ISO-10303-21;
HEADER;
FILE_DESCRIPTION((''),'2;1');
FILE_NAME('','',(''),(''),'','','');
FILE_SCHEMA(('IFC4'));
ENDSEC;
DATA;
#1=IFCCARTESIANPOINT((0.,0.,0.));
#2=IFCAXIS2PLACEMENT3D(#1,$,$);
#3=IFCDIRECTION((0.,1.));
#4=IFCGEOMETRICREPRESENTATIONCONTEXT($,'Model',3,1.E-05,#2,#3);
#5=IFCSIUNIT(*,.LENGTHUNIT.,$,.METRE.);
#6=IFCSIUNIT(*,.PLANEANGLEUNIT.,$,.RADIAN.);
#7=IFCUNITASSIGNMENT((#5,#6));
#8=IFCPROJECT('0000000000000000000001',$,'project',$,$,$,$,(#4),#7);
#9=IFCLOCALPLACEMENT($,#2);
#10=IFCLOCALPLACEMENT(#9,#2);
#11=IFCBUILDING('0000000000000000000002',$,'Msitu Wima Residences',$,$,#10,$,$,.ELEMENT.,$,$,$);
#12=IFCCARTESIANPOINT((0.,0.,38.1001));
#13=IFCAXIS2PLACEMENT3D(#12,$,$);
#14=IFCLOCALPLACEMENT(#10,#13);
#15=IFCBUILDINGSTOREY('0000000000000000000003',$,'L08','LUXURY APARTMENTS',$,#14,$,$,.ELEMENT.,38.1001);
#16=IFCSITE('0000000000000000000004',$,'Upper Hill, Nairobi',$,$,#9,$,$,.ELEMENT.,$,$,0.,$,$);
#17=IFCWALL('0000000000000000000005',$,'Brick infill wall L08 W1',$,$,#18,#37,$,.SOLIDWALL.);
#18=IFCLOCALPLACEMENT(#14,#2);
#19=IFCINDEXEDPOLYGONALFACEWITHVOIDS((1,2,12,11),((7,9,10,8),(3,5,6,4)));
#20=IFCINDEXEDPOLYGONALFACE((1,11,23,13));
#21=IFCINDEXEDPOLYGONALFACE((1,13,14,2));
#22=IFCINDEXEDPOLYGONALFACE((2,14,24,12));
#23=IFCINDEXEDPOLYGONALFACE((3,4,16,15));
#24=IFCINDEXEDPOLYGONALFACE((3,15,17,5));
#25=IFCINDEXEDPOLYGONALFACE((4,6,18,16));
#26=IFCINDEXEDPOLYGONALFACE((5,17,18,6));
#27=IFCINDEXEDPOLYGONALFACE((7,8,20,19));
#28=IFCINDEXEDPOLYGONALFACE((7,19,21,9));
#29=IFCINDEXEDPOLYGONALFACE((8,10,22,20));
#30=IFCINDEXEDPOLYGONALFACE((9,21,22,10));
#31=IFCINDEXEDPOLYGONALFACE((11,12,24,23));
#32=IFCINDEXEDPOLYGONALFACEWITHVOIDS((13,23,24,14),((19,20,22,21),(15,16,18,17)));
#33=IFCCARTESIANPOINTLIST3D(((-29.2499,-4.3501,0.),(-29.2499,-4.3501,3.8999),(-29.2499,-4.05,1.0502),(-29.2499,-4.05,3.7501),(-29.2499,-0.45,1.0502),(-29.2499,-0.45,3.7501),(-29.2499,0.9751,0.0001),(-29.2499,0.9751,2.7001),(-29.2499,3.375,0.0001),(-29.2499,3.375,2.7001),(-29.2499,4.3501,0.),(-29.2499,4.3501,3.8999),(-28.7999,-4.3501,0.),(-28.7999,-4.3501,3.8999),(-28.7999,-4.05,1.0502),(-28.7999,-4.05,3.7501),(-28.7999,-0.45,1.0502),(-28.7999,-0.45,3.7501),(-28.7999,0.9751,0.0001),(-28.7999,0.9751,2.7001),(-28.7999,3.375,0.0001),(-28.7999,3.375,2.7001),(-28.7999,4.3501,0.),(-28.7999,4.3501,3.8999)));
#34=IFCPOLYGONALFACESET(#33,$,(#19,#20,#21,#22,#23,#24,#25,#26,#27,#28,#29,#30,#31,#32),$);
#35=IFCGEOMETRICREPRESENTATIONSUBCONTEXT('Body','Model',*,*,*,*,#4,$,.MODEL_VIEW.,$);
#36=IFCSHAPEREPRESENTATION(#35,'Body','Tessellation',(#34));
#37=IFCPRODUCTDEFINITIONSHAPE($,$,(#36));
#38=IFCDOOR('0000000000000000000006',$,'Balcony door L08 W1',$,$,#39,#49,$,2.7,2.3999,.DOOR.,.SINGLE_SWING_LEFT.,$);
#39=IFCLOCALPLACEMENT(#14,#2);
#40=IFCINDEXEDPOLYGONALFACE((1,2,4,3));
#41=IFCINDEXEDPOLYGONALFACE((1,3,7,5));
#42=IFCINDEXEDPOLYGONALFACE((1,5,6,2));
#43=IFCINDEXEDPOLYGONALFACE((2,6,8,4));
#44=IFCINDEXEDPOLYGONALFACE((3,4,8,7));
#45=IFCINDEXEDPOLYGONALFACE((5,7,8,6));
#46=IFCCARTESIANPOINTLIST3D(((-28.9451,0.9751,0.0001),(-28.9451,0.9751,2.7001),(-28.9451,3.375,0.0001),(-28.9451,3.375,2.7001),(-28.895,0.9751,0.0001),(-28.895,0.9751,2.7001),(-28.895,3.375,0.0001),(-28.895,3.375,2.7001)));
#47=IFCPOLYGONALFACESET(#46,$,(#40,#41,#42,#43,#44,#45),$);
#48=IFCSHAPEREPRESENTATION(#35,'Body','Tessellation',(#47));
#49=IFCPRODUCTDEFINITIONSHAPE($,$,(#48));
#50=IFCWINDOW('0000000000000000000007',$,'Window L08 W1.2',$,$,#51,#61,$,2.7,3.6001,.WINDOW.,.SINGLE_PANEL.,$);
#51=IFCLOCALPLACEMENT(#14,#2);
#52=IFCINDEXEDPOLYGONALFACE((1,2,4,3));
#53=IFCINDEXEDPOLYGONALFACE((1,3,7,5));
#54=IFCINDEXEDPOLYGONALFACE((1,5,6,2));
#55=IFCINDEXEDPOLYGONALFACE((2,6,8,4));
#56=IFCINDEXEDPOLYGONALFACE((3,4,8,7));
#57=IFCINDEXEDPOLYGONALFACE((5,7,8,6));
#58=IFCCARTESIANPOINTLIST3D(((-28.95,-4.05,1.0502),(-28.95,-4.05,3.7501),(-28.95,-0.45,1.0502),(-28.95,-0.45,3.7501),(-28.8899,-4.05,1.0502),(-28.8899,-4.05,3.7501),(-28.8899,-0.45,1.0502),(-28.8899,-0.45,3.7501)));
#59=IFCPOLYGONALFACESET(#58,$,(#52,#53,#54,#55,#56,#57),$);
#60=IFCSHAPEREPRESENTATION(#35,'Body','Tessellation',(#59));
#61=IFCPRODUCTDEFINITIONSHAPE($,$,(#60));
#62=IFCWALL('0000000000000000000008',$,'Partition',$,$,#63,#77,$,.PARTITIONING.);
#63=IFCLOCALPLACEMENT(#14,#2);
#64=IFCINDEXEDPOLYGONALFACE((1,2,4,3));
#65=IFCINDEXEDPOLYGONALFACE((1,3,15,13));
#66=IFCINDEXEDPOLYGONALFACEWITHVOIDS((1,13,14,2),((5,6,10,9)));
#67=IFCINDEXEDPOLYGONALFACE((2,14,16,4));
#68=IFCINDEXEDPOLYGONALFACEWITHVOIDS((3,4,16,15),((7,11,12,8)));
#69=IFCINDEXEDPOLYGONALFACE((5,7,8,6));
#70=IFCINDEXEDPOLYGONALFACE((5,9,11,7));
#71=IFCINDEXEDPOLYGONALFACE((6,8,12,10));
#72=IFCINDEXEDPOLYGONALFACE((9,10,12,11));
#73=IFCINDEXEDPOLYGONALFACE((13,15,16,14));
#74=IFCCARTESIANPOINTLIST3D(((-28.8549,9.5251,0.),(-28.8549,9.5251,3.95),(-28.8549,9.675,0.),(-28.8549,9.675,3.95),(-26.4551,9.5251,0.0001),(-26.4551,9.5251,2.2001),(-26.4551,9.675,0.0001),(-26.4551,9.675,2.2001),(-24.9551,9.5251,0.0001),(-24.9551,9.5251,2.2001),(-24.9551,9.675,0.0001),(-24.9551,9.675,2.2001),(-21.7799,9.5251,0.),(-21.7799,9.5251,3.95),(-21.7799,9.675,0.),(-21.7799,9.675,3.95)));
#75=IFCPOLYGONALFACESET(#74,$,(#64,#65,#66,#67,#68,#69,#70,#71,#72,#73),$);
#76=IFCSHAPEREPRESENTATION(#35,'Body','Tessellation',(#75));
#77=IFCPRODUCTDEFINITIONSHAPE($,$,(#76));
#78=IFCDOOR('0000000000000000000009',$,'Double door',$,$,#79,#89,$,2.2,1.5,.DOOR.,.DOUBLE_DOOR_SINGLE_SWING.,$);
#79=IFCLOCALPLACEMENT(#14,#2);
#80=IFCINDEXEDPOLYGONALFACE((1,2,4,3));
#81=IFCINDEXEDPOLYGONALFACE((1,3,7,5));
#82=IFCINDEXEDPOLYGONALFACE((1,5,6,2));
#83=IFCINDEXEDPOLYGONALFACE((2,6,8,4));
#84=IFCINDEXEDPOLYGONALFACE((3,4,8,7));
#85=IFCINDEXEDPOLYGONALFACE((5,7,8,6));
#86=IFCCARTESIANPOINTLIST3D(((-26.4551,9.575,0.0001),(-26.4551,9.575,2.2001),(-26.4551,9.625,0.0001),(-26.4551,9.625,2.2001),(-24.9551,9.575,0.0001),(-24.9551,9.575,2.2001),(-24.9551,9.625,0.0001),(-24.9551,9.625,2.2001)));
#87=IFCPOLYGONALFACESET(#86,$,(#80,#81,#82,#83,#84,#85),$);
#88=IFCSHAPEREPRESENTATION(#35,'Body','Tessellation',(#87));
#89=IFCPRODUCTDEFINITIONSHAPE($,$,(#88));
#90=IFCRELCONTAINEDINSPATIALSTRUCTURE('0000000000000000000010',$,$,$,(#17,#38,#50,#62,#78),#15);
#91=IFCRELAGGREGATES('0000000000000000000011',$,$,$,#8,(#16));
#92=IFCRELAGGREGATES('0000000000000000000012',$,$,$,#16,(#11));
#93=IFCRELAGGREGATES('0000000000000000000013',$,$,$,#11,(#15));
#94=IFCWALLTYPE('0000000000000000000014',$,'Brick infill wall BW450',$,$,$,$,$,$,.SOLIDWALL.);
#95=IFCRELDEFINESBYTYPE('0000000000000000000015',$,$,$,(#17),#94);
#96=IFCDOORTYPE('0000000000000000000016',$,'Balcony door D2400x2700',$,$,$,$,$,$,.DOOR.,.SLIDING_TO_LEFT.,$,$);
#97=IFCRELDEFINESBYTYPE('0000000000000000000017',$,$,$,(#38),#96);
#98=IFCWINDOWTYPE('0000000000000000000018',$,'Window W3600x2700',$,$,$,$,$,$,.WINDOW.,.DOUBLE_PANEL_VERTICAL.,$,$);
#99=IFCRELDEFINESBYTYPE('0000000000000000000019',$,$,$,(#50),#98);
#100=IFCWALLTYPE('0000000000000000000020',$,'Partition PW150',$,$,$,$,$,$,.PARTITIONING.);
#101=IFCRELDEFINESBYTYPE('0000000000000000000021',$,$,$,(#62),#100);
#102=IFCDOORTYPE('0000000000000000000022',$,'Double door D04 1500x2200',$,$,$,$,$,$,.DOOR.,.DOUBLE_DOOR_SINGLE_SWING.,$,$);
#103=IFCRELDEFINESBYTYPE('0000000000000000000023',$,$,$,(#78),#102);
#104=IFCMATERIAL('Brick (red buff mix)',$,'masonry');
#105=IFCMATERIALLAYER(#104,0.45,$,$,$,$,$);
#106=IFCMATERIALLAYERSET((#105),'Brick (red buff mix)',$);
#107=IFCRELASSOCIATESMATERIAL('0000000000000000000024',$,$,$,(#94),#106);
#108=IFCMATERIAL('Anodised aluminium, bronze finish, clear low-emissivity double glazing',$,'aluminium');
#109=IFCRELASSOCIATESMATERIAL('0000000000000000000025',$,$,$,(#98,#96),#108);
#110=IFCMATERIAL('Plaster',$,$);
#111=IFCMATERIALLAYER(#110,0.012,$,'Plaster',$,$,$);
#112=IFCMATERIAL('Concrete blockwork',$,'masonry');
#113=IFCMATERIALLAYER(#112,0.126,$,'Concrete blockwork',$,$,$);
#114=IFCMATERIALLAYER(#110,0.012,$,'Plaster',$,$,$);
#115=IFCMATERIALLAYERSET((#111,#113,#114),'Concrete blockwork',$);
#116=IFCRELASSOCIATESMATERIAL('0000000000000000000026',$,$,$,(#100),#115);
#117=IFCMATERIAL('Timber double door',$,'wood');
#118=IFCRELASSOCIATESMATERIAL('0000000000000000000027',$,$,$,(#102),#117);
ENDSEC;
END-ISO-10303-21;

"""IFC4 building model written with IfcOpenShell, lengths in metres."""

from ifc_helpers import new_model, si_unit, direction, frame, frame_2d, origin, place, context, subcontext, project, spatial, rectangle, extrude, material, layer, layer_set, type_object, element, fill, save


model = new_model("IFC4")

# Units and contexts
model_context = context("Model", 3, precision=1e-05, world=origin(), true_north=direction((0.0, 1.0)))
body_context = subcontext(model_context, "Body", "Model", "MODEL_VIEW")
ifc_project = project(units=[si_unit("LENGTHUNIT", "METRE"), si_unit("PLANEANGLEUNIT", "RADIAN")], contexts=[model_context])

# Site, building, storey
site_placement = place(None, origin())
site = spatial("IfcSite", under=ifc_project, at=site_placement, Name="Upper Hill, Nairobi", CompositionType="ELEMENT", RefElevation=0.0)
building_placement = place(site_placement, origin())
building = spatial("IfcBuilding", under=site, at=building_placement, Name="Msitu Wima Residences", CompositionType="ELEMENT")
storey_placement = place(building_placement, frame((0.0, 0.0, 38.1001)))
storey = spatial("IfcBuildingStorey", under=building, at=storey_placement, Name="L08", Description="LUXURY APARTMENTS", CompositionType="ELEMENT", Elevation=38.1001)

# Shared definitions
ifc_material_1 = material(Name="Brick (red buff mix)", Category="masonry")
ifc_layer_1 = layer(ifc_material_1, 0.45)
ifc_layer_set_1 = layer_set([ifc_layer_1], Name="Brick (red buff mix)")
wall_type_1 = type_object("IfcWallType", Name="Brick infill wall BW450", PredefinedType="SOLIDWALL", material=ifc_layer_set_1)
ifc_material_2 = material(Name="Anodised aluminium, bronze finish, clear low-emissivity double glazing", Category="aluminium")
window_type = type_object("IfcWindowType", Name="Window W3600x2700", PartitioningType="DOUBLE_PANEL_VERTICAL", PredefinedType="WINDOW", material=ifc_material_2)

# Wall, openings, door, window
wall_1_placement = place(storey_placement, frame((-29.0249, 4.3501, 0.0), z_axis=(0.0, 0.0, 1.0), x_axis=(0.0, -1.0, 0.0)))
wall_1 = element("IfcWall", 1, at=wall_1_placement, inside=storey, type_object=wall_type_1, Name="Brick infill wall L08 W1", PredefinedType="SOLIDWALL", context=body_context, shape_type="SweptSolid", body=[
    extrude(rectangle(XDim=8.7002, YDim=0.45, at=frame_2d((4.3501, 0.0))), origin(), (0.0, 0.0, 1.0), 3.8999),
])
opening_1_placement = place(wall_1_placement, frame((0.9751, 0.0, 0.0)))
opening_1 = element("IfcOpeningElement", 2, at=opening_1_placement, cuts=wall_1, PredefinedType="OPENING", context=body_context, shape_type="SweptSolid", body=[
    extrude(rectangle(XDim=2.3999, YDim=2.7, at=frame_2d((1.2, 1.3501))), frame((0.0, 0.2349, 0.0), z_axis=(0.0, -1.0, 0.0), x_axis=(1.0, 0.0, 0.0)), (0.0, 0.0, 1.0), 0.47),
])
opening_2_placement = place(wall_1_placement, frame((4.8, 0.0, 1.05)))
opening_2 = element("IfcOpeningElement", 3, at=opening_2_placement, cuts=wall_1, PredefinedType="OPENING", context=body_context, shape_type="SweptSolid", body=[
    extrude(rectangle(XDim=3.6001, YDim=2.7, at=frame_2d((1.8, 1.3501))), frame((0.0, 0.2349, 0.0), z_axis=(0.0, -1.0, 0.0), x_axis=(1.0, 0.0, 0.0)), (0.0, 0.0, 1.0), 0.47),
])
door_type_1 = type_object("IfcDoorType", Name="Balcony door D2400x2700", OperationType="SLIDING_TO_LEFT", PredefinedType="DOOR", material=ifc_material_2)
door_1_placement = place(opening_1_placement, origin())
door_1 = element("IfcDoor", 4, at=door_1_placement, inside=storey, type_object=door_type_1, Name="Balcony door L08 W1", OperationType="SINGLE_SWING_LEFT", OverallHeight=2.7, OverallWidth=2.3999, PredefinedType="DOOR", context=body_context, shape_type="SweptSolid", body=[
    extrude(rectangle(XDim=2.3999, YDim=2.7, at=frame_2d((1.2, 1.3501))), frame((0.0, 0.1299, 0.0), z_axis=(0.0, -1.0, 0.0), x_axis=(1.0, 0.0, 0.0)), (0.0, 0.0, 1.0), 0.05),
])
fill(opening_1, door_1)
window_1_placement = place(opening_2_placement, origin())
window_1 = element("IfcWindow", 5, at=window_1_placement, inside=storey, type_object=window_type, Name="Window L08 W1.2", OverallHeight=2.7, OverallWidth=3.6001, PartitioningType="SINGLE_PANEL", PredefinedType="WINDOW", context=body_context, shape_type="SweptSolid", body=[
    extrude(rectangle(XDim=3.6001, YDim=2.7, at=frame_2d((1.8, 1.3501))), frame((0.0, 0.135, 0.0), z_axis=(0.0, -1.0, 0.0), x_axis=(1.0, 0.0, 0.0)), (0.0, 0.0, 1.0), 0.0601),
])
fill(opening_2, window_1)

# Wall, opening, door
ifc_material_3 = material(Name="Plaster")
ifc_layer_2 = layer(ifc_material_3, 0.012, Name="Plaster")
ifc_material_4 = material(Name="Concrete blockwork", Category="masonry")
ifc_layer_3 = layer(ifc_material_4, 0.126, Name="Concrete blockwork")
ifc_layer_4 = layer(ifc_material_3, 0.012, Name="Plaster")
ifc_layer_set_2 = layer_set([ifc_layer_2, ifc_layer_3, ifc_layer_4], Name="Concrete blockwork")
wall_type_2 = type_object("IfcWallType", Name="Partition PW150", PredefinedType="PARTITIONING", material=ifc_layer_set_2)
wall_2_placement = place(storey_placement, frame((-28.855, 9.6001, 0.0), z_axis=(0.0, 0.0, 1.0), x_axis=(1.0, 0.0, 0.0)))
wall_2 = element("IfcWall", 6, at=wall_2_placement, inside=storey, type_object=wall_type_2, Name="Partition", PredefinedType="PARTITIONING", context=body_context, shape_type="SweptSolid", body=[
    extrude(rectangle(XDim=7.075, YDim=0.1499, at=frame_2d((3.5376, 0.0))), origin(), (0.0, 0.0, 1.0), 3.95),
])
opening_3_placement = place(wall_2_placement, frame((2.3999, 0.0, 0.0)))
opening_3 = element("IfcOpeningElement", 7, at=opening_3_placement, cuts=wall_2, PredefinedType="OPENING", context=body_context, shape_type="SweptSolid", body=[
    extrude(rectangle(XDim=1.5, YDim=2.2, at=frame_2d((0.75, 1.1001))), frame((0.0, 0.085, 0.0), z_axis=(0.0, -1.0, 0.0), x_axis=(1.0, 0.0, 0.0)), (0.0, 0.0, 1.0), 0.1699),
])
ifc_material_5 = material(Name="Timber double door", Category="wood")
door_type_2 = type_object("IfcDoorType", Name="Double door D04 1500x2200", OperationType="DOUBLE_DOOR_SINGLE_SWING", PredefinedType="DOOR", material=ifc_material_5)
door_2_placement = place(opening_3_placement, origin())
door_2 = element("IfcDoor", 8, at=door_2_placement, inside=storey, type_object=door_type_2, Name="Double door", OperationType="DOUBLE_DOOR_SINGLE_SWING", OverallHeight=2.2, OverallWidth=1.5, PredefinedType="DOOR", context=body_context, shape_type="SweptSolid", body=[
    extrude(rectangle(XDim=1.5, YDim=2.2, at=frame_2d((0.75, 1.1001))), frame((0.0, 0.0249, 0.0), z_axis=(0.0, -1.0, 0.0), x_axis=(1.0, 0.0, 0.0)), (0.0, 0.0, 1.0), 0.05),
])
fill(opening_3, door_2)

save(model, "model.ifc")
